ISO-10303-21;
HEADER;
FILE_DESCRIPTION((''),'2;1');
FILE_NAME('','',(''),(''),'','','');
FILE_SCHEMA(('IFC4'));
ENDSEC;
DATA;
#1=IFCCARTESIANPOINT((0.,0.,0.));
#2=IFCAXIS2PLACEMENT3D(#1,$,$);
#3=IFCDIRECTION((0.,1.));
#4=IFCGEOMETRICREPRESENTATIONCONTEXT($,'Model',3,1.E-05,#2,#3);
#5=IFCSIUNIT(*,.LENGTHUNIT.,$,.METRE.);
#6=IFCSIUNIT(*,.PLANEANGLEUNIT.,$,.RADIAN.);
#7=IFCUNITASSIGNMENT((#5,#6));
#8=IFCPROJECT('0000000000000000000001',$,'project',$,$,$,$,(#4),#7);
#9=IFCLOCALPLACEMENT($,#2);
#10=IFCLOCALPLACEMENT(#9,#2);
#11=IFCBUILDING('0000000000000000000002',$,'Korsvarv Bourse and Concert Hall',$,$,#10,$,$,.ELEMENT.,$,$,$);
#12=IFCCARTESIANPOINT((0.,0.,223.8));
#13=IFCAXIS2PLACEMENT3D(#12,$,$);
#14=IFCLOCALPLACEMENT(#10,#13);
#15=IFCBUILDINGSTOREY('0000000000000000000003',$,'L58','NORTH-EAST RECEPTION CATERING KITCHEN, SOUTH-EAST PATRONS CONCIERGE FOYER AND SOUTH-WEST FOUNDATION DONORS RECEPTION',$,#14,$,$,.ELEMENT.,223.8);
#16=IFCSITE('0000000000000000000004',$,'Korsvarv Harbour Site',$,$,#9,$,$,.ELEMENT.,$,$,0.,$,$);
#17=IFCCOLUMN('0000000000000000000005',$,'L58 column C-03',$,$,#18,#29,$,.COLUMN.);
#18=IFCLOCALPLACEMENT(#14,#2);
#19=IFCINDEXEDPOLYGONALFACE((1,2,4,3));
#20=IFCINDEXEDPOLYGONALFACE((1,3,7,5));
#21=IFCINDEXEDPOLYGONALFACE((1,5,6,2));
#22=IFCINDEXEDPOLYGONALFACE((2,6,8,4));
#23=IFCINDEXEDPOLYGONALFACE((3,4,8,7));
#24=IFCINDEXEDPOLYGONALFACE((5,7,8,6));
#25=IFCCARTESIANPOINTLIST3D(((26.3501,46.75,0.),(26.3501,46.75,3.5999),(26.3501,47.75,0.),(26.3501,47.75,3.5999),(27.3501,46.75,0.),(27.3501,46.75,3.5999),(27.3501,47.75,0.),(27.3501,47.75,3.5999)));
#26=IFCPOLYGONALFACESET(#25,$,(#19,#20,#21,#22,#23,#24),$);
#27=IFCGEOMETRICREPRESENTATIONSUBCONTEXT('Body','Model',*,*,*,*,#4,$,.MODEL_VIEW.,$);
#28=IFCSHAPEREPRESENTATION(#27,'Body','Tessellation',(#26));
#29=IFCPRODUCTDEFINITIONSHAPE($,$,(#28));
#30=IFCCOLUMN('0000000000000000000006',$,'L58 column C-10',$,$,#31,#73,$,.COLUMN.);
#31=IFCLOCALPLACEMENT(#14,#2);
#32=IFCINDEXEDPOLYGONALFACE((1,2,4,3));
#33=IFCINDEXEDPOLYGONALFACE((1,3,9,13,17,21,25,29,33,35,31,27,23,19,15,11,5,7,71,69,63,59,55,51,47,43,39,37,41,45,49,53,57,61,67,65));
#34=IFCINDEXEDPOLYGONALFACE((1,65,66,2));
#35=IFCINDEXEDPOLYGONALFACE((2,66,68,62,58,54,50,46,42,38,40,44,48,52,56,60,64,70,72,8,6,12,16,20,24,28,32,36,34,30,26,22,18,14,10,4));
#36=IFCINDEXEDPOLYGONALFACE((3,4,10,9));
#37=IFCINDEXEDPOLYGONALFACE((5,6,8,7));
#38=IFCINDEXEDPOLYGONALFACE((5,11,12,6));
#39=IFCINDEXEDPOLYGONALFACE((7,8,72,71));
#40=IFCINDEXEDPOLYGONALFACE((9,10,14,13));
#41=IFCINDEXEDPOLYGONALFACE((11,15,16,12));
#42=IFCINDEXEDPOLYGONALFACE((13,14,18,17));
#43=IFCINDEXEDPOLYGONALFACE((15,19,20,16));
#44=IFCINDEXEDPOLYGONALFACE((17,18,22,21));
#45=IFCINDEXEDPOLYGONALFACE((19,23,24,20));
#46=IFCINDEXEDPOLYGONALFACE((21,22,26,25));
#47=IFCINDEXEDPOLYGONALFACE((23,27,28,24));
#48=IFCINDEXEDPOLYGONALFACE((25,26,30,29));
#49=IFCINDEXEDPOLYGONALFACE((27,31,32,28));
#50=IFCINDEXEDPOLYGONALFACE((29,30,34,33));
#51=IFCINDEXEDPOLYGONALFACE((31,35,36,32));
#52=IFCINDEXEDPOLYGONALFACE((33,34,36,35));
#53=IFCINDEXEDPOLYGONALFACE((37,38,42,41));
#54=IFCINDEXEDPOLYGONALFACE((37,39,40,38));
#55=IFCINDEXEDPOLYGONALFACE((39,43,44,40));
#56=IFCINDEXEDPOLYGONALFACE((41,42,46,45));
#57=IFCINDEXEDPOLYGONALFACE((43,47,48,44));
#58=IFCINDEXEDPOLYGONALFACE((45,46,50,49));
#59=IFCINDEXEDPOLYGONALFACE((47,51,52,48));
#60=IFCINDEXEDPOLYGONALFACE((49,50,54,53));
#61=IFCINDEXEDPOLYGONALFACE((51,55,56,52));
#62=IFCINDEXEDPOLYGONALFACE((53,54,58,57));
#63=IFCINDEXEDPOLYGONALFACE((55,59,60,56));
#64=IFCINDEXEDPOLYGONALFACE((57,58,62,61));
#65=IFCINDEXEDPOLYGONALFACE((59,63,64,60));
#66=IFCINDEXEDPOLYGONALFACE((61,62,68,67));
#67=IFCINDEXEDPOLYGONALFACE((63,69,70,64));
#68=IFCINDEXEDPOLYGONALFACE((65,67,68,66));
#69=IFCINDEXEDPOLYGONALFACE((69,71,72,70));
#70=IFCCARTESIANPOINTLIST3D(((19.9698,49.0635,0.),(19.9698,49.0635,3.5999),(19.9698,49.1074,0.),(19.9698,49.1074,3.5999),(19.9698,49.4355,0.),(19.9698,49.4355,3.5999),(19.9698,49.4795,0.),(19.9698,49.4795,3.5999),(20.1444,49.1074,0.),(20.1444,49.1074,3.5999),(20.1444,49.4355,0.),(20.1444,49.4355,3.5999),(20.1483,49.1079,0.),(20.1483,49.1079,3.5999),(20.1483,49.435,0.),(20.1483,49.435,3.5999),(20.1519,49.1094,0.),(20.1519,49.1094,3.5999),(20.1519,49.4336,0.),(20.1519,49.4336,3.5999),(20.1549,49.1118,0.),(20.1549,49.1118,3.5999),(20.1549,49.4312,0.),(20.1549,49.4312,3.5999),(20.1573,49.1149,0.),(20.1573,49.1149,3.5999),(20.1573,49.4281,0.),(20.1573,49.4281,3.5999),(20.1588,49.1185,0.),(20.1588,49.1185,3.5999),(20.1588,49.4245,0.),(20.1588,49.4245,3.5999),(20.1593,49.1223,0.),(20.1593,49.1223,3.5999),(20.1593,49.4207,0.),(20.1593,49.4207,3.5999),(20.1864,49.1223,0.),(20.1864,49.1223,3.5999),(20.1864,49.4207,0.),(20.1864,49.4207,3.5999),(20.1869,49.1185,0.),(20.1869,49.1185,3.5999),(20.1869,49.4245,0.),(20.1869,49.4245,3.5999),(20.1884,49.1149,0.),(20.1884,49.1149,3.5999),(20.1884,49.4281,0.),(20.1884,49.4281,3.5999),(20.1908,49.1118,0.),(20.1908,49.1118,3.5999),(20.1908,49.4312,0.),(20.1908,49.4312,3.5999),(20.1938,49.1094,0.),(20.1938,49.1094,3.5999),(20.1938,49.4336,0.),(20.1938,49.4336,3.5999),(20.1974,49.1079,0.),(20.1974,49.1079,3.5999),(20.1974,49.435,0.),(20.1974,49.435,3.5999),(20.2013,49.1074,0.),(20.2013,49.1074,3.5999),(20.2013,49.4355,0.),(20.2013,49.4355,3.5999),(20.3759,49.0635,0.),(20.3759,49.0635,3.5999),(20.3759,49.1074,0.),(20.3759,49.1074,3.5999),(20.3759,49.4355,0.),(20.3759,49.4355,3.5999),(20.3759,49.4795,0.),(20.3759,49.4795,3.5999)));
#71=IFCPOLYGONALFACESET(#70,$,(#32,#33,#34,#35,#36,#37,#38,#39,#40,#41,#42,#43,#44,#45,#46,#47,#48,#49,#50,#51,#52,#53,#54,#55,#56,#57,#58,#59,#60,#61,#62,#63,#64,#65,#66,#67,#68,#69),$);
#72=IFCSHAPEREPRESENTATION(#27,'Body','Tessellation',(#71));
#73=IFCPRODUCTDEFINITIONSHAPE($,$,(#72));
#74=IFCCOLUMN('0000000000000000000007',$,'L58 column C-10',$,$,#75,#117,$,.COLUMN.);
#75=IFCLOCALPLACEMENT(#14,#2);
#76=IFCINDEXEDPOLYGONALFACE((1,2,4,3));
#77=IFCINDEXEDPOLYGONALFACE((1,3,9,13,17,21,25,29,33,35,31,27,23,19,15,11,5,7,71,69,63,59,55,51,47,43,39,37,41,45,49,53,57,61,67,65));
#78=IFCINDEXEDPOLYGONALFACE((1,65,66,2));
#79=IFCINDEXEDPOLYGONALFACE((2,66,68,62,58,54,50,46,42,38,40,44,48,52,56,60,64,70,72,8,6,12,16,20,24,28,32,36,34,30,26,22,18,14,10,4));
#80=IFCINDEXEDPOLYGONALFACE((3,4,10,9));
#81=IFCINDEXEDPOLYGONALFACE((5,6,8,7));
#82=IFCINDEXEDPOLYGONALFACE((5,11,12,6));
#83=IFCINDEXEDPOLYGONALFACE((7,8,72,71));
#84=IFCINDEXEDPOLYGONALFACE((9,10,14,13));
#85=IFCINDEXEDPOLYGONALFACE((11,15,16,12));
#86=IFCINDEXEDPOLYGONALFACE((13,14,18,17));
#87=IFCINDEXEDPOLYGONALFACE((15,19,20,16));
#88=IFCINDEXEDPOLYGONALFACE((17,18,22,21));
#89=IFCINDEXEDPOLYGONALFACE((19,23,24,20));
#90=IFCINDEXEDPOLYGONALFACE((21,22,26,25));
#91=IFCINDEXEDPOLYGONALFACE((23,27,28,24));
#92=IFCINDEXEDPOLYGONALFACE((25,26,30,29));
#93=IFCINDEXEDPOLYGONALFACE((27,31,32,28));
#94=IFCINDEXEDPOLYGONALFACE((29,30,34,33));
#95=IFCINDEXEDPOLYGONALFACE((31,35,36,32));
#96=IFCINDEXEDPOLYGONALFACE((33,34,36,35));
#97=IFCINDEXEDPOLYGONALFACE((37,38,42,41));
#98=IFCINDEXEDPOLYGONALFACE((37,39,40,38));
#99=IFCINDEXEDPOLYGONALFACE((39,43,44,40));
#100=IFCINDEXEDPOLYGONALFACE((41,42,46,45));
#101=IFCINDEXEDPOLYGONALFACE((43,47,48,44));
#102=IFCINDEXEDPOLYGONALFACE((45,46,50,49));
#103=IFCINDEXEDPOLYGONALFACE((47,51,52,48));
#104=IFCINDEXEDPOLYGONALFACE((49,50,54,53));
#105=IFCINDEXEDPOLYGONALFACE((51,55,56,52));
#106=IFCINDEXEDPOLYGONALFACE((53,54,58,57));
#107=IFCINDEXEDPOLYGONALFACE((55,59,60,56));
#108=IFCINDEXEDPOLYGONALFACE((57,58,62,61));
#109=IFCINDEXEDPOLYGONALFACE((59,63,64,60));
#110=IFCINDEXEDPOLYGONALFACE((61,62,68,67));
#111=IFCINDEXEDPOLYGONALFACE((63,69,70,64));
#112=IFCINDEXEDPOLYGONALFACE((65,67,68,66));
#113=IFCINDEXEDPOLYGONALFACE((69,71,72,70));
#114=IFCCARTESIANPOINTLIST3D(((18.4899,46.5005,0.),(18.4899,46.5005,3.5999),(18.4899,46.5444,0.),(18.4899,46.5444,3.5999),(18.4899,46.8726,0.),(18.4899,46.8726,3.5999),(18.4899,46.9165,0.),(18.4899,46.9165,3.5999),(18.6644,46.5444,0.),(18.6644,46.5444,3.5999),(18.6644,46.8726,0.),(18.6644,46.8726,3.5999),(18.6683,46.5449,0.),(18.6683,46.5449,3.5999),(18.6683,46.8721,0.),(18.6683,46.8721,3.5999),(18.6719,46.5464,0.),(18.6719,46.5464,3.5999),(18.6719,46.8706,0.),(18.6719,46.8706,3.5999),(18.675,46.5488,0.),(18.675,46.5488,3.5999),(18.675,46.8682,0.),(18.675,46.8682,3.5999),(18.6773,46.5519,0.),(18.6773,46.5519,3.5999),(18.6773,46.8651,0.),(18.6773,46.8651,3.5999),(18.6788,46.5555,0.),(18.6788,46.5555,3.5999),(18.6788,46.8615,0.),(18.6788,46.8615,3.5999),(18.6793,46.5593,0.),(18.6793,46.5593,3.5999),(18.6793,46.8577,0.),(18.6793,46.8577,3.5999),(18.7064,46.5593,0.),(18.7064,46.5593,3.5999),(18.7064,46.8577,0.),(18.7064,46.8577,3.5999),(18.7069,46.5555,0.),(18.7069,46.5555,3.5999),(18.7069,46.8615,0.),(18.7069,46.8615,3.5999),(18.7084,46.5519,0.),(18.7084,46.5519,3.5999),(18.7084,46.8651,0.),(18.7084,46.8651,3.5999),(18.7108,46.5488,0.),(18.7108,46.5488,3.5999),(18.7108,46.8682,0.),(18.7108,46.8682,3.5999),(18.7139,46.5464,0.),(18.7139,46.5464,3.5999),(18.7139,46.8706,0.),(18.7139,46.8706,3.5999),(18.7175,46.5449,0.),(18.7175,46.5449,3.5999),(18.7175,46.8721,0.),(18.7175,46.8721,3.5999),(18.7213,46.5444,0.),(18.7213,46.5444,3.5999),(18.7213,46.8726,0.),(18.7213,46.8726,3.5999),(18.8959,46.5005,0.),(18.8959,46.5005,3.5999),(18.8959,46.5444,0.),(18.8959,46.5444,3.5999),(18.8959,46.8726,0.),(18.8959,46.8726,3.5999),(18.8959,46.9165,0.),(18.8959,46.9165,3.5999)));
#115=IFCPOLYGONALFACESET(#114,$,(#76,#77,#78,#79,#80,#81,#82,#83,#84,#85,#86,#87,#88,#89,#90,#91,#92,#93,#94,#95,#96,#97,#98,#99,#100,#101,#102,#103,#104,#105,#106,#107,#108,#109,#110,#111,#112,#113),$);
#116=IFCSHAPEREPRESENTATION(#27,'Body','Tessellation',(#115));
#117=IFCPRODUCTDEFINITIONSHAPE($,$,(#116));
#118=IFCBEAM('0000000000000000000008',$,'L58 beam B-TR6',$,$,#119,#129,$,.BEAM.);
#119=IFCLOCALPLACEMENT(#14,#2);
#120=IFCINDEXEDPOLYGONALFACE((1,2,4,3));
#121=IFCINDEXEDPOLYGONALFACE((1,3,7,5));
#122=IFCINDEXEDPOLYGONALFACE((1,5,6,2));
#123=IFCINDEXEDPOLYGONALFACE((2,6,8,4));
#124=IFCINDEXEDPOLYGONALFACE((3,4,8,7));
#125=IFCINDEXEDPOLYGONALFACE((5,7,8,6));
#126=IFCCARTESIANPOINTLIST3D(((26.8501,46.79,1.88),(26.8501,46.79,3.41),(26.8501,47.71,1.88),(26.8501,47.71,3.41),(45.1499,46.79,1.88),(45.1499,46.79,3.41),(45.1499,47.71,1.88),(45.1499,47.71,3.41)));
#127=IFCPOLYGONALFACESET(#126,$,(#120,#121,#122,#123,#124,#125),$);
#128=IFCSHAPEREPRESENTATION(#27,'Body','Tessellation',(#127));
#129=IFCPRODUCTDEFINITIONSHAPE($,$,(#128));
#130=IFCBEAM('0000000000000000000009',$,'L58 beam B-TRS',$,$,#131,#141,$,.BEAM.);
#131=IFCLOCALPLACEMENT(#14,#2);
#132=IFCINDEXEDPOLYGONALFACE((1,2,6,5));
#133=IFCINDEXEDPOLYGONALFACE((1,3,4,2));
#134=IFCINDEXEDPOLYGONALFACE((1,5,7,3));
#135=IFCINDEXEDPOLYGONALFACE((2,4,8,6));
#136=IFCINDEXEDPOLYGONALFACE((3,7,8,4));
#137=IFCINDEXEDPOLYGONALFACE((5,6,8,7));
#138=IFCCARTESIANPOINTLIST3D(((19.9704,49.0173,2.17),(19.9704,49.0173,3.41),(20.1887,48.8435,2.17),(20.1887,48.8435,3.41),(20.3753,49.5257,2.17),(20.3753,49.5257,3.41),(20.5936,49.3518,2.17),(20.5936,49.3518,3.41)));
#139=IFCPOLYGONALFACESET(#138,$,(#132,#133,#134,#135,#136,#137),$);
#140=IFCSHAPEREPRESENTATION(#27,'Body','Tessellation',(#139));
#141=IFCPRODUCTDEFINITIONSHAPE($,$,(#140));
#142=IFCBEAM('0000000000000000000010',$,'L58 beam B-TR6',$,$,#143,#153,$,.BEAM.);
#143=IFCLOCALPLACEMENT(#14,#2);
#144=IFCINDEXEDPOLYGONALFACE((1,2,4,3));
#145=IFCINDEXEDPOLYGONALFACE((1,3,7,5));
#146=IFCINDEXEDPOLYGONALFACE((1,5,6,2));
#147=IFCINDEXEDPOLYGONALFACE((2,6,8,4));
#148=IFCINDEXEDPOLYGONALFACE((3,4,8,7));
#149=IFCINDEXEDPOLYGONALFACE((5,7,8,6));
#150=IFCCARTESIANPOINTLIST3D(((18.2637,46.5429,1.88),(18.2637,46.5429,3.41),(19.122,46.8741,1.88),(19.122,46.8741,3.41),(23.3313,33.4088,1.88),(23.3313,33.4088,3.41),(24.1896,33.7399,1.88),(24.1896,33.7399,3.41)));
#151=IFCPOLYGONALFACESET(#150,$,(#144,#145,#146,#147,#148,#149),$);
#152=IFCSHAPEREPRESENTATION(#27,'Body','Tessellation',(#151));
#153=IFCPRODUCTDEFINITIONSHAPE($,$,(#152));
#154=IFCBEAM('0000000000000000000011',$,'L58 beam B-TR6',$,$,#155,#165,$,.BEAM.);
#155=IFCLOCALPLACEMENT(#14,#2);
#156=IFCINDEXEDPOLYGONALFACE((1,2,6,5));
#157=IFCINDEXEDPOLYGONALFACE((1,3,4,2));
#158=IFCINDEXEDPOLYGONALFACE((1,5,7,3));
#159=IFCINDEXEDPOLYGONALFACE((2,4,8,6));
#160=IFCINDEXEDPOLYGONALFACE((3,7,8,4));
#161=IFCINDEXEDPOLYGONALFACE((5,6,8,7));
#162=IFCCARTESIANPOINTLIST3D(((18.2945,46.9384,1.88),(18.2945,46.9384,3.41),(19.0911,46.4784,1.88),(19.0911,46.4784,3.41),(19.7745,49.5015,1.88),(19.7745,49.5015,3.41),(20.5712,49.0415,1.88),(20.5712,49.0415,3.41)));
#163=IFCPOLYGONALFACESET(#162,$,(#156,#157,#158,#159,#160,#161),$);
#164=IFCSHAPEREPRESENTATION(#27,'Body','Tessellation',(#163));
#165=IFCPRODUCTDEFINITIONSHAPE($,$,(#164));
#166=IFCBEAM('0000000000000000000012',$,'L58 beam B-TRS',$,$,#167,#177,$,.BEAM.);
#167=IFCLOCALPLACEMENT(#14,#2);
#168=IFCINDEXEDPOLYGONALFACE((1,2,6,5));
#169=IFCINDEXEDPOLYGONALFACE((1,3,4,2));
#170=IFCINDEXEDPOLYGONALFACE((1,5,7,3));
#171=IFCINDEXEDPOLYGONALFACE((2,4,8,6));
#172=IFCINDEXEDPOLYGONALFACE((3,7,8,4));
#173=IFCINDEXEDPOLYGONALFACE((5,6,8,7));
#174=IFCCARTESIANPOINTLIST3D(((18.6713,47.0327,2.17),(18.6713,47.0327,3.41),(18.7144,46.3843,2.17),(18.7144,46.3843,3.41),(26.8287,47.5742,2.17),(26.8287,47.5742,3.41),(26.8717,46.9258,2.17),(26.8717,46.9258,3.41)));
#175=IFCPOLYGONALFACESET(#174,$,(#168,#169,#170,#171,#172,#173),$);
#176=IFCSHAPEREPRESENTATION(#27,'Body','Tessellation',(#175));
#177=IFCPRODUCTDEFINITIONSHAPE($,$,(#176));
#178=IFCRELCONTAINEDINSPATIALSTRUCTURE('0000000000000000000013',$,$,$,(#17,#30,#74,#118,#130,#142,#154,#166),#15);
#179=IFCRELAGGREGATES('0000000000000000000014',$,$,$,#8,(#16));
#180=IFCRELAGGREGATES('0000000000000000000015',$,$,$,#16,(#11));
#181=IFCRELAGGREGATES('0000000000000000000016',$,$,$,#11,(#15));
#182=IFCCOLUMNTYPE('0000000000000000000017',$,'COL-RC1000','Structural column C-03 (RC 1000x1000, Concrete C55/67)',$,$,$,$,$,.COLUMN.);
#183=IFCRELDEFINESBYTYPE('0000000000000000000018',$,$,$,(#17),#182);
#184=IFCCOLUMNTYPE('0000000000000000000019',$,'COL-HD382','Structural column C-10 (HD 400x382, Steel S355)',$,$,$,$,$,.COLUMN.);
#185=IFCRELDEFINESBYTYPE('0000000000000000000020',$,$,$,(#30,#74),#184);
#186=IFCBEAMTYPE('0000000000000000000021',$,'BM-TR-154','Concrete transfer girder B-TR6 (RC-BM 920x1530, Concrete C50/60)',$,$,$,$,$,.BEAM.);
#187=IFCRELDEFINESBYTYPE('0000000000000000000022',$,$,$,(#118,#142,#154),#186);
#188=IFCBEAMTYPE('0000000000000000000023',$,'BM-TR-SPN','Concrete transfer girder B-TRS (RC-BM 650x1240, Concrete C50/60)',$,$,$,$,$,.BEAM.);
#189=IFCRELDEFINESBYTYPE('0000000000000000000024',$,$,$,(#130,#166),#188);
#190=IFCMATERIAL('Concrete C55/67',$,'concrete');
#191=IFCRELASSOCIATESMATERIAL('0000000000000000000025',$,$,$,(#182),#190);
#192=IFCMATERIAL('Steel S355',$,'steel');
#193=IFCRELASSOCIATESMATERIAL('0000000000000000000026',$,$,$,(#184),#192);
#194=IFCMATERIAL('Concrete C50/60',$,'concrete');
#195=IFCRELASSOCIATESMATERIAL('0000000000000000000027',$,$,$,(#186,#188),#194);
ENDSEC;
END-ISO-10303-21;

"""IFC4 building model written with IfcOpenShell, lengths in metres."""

from ifc_helpers import new_model, si_unit, direction, frame, origin, origin_2d, place, context, subcontext, project, spatial, rectangle, i_section, extrude, source, transform, mapped, material, material_profile, profile_set, type_object, element, save


model = new_model("IFC4")

# Units and contexts
model_context = context("Model", 3, precision=1e-05, world=origin(), true_north=direction((0.0, 1.0)))
body_context = subcontext(model_context, "Body", "Model", "MODEL_VIEW")
ifc_project = project(units=[si_unit("LENGTHUNIT", "METRE"), si_unit("PLANEANGLEUNIT", "RADIAN")], contexts=[model_context])

# Site, building, storey
site_placement = place(None, origin())
site = spatial("IfcSite", under=ifc_project, at=site_placement, Name="Korsvarv Harbour Site", CompositionType="ELEMENT", RefElevation=0.0)
building_placement = place(site_placement, origin())
building = spatial("IfcBuilding", under=site, at=building_placement, Name="Korsvarv Bourse and Concert Hall", CompositionType="ELEMENT")
storey_placement = place(building_placement, frame((0.0, 0.0, 223.8)))
storey = spatial("IfcBuildingStorey", under=building, at=storey_placement, Name="L58", Description="NORTH-EAST RECEPTION CATERING KITCHEN, SOUTH-EAST PATRONS CONCIERGE FOYER AND SOUTH-WEST FOUNDATION DONORS RECEPTION", CompositionType="ELEMENT", Elevation=223.8)

# Columns
ifc_material_1 = material(Name="Concrete C55/67", Category="concrete")
ifc_material_profile_1 = material_profile(ifc_material_1, rectangle(XDim=1.0, YDim=1.0, at=origin_2d()), Name="RC 1000x1000")
ifc_profile_set_1 = profile_set([ifc_material_profile_1], Name="Concrete C55/67")
column_type_1 = type_object("IfcColumnType", Name="COL-RC1000", Description="Structural column C-03 (RC 1000x1000, Concrete C55/67)", PredefinedType="COLUMN", material=ifc_profile_set_1)
shared_shape_1 = source(origin(), body_context, "Body", "SweptSolid", [
    extrude(rectangle(XDim=1.0, YDim=1.0, at=origin_2d()), origin(), (0.0, 0.0, 1.0), 3.5999),
])
column_placement = place(storey_placement, frame((26.8501, 47.25, 0.0), z_axis=(0.0, 0.0, 1.0), x_axis=(1.0, 0.0, 0.0)))
element("IfcColumn", 1, at=column_placement, inside=storey, type_object=column_type_1, Name="L58 column C-03", PredefinedType="COLUMN", context=body_context, shape_type="MappedRepresentation", body=[
    mapped(shared_shape_1, transform((0.0, 0.0, 0.0), scale=1.0)),
])
ifc_material_2 = material(Name="Steel S355", Category="steel")
ifc_material_profile_2 = material_profile(ifc_material_2, i_section(OverallWidth=0.406, OverallDepth=0.416, WebThickness=0.0271, FlangeThickness=0.0439, FilletRadius=0.0149, at=origin_2d()), Name="HD 400x382")
ifc_profile_set_2 = profile_set([ifc_material_profile_2], Name="Steel S355")
column_type_2 = type_object("IfcColumnType", Name="COL-HD382", Description="Structural column C-10 (HD 400x382, Steel S355)", PredefinedType="COLUMN", material=ifc_profile_set_2)
shared_shape_2 = source(origin(), body_context, "Body", "SweptSolid", [
    extrude(i_section(OverallWidth=0.406, OverallDepth=0.416, WebThickness=0.0271, FlangeThickness=0.0439, FilletRadius=0.0149, at=origin_2d()), origin(), (0.0, 0.0, 1.0), 3.5999),
])
for number, where, z_axis, x_axis, name in (
    (2, (20.1729, 49.2715, 0.0), (0.0, 0.0, 1.0), (1.0, 0.0, 0.0), "L58 column C-10"),
    (3, (18.6929, 46.7085, 0.0), (0.0, 0.0, 1.0), (1.0, 0.0, 0.0), "L58 column C-10"),
):
    element("IfcColumn", number, at=place(storey_placement, frame(where, z_axis=z_axis, x_axis=x_axis)), inside=storey, type_object=column_type_2, Name=name, PredefinedType="COLUMN", context=body_context, shape_type="MappedRepresentation", body=[
        mapped(shared_shape_2, transform((0.0, 0.0, 0.0), scale=1.0)),
    ])

# Beams
ifc_material_3 = material(Name="Concrete C50/60", Category="concrete")
ifc_material_profile_3 = material_profile(ifc_material_3, rectangle(XDim=0.9199, YDim=1.53, at=origin_2d()), Name="RC-BM 920x1530")
ifc_profile_set_3 = profile_set([ifc_material_profile_3], Name="Concrete C50/60")
beam_type_1 = type_object("IfcBeamType", Name="BM-TR-154", Description="Concrete transfer girder B-TR6 (RC-BM 920x1530, Concrete C50/60)", PredefinedType="BEAM", material=ifc_profile_set_3)
shared_shape_3 = source(origin(), body_context, "Body", "SweptSolid", [
    extrude(rectangle(XDim=0.9199, YDim=1.53, at=origin_2d()), origin(), (0.0, 0.0, 1.0), 18.2998),
])
beam_1_placement = place(storey_placement, frame((26.8501, 47.25, 2.645), z_axis=(1.0, 0.0, 0.0), x_axis=(0.0, 1.0, 0.0)))
element("IfcBeam", 4, at=beam_1_placement, inside=storey, type_object=beam_type_1, Name="L58 beam B-TR6", PredefinedType="BEAM", context=body_context, shape_type="MappedRepresentation", body=[
    mapped(shared_shape_3, transform((0.0, 0.0, 0.0), scale=1.0)),
])
ifc_material_profile_4 = material_profile(ifc_material_3, rectangle(XDim=0.6499, YDim=1.24, at=origin_2d()), Name="RC-BM 650x1240")
ifc_profile_set_4 = profile_set([ifc_material_profile_4], Name="Concrete C50/60")
beam_type_2 = type_object("IfcBeamType", Name="BM-TR-SPN", Description="Concrete transfer girder B-TRS (RC-BM 650x1240, Concrete C50/60)", PredefinedType="BEAM", material=ifc_profile_set_4)
shared_shape_4 = source(origin(), body_context, "Body", "SweptSolid", [
    extrude(rectangle(XDim=0.6499, YDim=1.24, at=origin_2d()), origin(), (0.0, 0.0, 1.0), 0.2791),
])
beam_2_placement = place(storey_placement, frame((20.1729, 49.2715, 2.79), z_axis=(0.782233, -0.622986, 0.0), x_axis=(0.622986, 0.782233, 0.0)))
element("IfcBeam", 5, at=beam_2_placement, inside=storey, type_object=beam_type_2, Name="L58 beam B-TRS", PredefinedType="BEAM", context=body_context, shape_type="MappedRepresentation", body=[
    mapped(shared_shape_4, transform((0.0, 0.0, 0.0), scale=1.0)),
])
shared_shape_5 = source(origin(), body_context, "Body", "SweptSolid", [
    extrude(rectangle(XDim=0.9199, YDim=1.53, at=origin_2d()), origin(), (0.0, 0.0, 1.0), 14.0779),
])
beam_3_placement = place(storey_placement, frame((18.6929, 46.7085, 2.645), z_axis=(0.359968, -0.932965, 0.0), x_axis=(0.932965, 0.359968, 0.0)))
element("IfcBeam", 6, at=beam_3_placement, inside=storey, type_object=beam_type_1, Name="L58 beam B-TR6", PredefinedType="BEAM", context=body_context, shape_type="MappedRepresentation", body=[
    mapped(shared_shape_5, transform((0.0, 0.0, 0.0), scale=1.0)),
])
shared_shape_6 = source(origin(), body_context, "Body", "SweptSolid", [
    extrude(rectangle(XDim=0.9199, YDim=1.53, at=origin_2d()), origin(), (0.0, 0.0, 1.0), 2.9597),
])
beam_4_placement = place(storey_placement, frame((20.1729, 49.2715, 2.645), z_axis=(-0.50006, -0.865991, 0.0), x_axis=(0.865991, -0.50006, 0.0)))
element("IfcBeam", 7, at=beam_4_placement, inside=storey, type_object=beam_type_1, Name="L58 beam B-TR6", PredefinedType="BEAM", context=body_context, shape_type="MappedRepresentation", body=[
    mapped(shared_shape_6, transform((0.0, 0.0, 0.0), scale=1.0)),
])
shared_shape_7 = source(origin(), body_context, "Body", "SweptSolid", [
    extrude(rectangle(XDim=0.6499, YDim=1.24, at=origin_2d()), origin(), (0.0, 0.0, 1.0), 8.1753),
])
beam_5_placement = place(storey_placement, frame((18.6929, 46.7085, 2.79), z_axis=(0.997804, 0.066238, 0.0), x_axis=(-0.066238, 0.997804, 0.0)))
element("IfcBeam", 8, at=beam_5_placement, inside=storey, type_object=beam_type_2, Name="L58 beam B-TRS", PredefinedType="BEAM", context=body_context, shape_type="MappedRepresentation", body=[
    mapped(shared_shape_7, transform((0.0, 0.0, 0.0), scale=1.0)),
])

save(model, "model.ifc")
